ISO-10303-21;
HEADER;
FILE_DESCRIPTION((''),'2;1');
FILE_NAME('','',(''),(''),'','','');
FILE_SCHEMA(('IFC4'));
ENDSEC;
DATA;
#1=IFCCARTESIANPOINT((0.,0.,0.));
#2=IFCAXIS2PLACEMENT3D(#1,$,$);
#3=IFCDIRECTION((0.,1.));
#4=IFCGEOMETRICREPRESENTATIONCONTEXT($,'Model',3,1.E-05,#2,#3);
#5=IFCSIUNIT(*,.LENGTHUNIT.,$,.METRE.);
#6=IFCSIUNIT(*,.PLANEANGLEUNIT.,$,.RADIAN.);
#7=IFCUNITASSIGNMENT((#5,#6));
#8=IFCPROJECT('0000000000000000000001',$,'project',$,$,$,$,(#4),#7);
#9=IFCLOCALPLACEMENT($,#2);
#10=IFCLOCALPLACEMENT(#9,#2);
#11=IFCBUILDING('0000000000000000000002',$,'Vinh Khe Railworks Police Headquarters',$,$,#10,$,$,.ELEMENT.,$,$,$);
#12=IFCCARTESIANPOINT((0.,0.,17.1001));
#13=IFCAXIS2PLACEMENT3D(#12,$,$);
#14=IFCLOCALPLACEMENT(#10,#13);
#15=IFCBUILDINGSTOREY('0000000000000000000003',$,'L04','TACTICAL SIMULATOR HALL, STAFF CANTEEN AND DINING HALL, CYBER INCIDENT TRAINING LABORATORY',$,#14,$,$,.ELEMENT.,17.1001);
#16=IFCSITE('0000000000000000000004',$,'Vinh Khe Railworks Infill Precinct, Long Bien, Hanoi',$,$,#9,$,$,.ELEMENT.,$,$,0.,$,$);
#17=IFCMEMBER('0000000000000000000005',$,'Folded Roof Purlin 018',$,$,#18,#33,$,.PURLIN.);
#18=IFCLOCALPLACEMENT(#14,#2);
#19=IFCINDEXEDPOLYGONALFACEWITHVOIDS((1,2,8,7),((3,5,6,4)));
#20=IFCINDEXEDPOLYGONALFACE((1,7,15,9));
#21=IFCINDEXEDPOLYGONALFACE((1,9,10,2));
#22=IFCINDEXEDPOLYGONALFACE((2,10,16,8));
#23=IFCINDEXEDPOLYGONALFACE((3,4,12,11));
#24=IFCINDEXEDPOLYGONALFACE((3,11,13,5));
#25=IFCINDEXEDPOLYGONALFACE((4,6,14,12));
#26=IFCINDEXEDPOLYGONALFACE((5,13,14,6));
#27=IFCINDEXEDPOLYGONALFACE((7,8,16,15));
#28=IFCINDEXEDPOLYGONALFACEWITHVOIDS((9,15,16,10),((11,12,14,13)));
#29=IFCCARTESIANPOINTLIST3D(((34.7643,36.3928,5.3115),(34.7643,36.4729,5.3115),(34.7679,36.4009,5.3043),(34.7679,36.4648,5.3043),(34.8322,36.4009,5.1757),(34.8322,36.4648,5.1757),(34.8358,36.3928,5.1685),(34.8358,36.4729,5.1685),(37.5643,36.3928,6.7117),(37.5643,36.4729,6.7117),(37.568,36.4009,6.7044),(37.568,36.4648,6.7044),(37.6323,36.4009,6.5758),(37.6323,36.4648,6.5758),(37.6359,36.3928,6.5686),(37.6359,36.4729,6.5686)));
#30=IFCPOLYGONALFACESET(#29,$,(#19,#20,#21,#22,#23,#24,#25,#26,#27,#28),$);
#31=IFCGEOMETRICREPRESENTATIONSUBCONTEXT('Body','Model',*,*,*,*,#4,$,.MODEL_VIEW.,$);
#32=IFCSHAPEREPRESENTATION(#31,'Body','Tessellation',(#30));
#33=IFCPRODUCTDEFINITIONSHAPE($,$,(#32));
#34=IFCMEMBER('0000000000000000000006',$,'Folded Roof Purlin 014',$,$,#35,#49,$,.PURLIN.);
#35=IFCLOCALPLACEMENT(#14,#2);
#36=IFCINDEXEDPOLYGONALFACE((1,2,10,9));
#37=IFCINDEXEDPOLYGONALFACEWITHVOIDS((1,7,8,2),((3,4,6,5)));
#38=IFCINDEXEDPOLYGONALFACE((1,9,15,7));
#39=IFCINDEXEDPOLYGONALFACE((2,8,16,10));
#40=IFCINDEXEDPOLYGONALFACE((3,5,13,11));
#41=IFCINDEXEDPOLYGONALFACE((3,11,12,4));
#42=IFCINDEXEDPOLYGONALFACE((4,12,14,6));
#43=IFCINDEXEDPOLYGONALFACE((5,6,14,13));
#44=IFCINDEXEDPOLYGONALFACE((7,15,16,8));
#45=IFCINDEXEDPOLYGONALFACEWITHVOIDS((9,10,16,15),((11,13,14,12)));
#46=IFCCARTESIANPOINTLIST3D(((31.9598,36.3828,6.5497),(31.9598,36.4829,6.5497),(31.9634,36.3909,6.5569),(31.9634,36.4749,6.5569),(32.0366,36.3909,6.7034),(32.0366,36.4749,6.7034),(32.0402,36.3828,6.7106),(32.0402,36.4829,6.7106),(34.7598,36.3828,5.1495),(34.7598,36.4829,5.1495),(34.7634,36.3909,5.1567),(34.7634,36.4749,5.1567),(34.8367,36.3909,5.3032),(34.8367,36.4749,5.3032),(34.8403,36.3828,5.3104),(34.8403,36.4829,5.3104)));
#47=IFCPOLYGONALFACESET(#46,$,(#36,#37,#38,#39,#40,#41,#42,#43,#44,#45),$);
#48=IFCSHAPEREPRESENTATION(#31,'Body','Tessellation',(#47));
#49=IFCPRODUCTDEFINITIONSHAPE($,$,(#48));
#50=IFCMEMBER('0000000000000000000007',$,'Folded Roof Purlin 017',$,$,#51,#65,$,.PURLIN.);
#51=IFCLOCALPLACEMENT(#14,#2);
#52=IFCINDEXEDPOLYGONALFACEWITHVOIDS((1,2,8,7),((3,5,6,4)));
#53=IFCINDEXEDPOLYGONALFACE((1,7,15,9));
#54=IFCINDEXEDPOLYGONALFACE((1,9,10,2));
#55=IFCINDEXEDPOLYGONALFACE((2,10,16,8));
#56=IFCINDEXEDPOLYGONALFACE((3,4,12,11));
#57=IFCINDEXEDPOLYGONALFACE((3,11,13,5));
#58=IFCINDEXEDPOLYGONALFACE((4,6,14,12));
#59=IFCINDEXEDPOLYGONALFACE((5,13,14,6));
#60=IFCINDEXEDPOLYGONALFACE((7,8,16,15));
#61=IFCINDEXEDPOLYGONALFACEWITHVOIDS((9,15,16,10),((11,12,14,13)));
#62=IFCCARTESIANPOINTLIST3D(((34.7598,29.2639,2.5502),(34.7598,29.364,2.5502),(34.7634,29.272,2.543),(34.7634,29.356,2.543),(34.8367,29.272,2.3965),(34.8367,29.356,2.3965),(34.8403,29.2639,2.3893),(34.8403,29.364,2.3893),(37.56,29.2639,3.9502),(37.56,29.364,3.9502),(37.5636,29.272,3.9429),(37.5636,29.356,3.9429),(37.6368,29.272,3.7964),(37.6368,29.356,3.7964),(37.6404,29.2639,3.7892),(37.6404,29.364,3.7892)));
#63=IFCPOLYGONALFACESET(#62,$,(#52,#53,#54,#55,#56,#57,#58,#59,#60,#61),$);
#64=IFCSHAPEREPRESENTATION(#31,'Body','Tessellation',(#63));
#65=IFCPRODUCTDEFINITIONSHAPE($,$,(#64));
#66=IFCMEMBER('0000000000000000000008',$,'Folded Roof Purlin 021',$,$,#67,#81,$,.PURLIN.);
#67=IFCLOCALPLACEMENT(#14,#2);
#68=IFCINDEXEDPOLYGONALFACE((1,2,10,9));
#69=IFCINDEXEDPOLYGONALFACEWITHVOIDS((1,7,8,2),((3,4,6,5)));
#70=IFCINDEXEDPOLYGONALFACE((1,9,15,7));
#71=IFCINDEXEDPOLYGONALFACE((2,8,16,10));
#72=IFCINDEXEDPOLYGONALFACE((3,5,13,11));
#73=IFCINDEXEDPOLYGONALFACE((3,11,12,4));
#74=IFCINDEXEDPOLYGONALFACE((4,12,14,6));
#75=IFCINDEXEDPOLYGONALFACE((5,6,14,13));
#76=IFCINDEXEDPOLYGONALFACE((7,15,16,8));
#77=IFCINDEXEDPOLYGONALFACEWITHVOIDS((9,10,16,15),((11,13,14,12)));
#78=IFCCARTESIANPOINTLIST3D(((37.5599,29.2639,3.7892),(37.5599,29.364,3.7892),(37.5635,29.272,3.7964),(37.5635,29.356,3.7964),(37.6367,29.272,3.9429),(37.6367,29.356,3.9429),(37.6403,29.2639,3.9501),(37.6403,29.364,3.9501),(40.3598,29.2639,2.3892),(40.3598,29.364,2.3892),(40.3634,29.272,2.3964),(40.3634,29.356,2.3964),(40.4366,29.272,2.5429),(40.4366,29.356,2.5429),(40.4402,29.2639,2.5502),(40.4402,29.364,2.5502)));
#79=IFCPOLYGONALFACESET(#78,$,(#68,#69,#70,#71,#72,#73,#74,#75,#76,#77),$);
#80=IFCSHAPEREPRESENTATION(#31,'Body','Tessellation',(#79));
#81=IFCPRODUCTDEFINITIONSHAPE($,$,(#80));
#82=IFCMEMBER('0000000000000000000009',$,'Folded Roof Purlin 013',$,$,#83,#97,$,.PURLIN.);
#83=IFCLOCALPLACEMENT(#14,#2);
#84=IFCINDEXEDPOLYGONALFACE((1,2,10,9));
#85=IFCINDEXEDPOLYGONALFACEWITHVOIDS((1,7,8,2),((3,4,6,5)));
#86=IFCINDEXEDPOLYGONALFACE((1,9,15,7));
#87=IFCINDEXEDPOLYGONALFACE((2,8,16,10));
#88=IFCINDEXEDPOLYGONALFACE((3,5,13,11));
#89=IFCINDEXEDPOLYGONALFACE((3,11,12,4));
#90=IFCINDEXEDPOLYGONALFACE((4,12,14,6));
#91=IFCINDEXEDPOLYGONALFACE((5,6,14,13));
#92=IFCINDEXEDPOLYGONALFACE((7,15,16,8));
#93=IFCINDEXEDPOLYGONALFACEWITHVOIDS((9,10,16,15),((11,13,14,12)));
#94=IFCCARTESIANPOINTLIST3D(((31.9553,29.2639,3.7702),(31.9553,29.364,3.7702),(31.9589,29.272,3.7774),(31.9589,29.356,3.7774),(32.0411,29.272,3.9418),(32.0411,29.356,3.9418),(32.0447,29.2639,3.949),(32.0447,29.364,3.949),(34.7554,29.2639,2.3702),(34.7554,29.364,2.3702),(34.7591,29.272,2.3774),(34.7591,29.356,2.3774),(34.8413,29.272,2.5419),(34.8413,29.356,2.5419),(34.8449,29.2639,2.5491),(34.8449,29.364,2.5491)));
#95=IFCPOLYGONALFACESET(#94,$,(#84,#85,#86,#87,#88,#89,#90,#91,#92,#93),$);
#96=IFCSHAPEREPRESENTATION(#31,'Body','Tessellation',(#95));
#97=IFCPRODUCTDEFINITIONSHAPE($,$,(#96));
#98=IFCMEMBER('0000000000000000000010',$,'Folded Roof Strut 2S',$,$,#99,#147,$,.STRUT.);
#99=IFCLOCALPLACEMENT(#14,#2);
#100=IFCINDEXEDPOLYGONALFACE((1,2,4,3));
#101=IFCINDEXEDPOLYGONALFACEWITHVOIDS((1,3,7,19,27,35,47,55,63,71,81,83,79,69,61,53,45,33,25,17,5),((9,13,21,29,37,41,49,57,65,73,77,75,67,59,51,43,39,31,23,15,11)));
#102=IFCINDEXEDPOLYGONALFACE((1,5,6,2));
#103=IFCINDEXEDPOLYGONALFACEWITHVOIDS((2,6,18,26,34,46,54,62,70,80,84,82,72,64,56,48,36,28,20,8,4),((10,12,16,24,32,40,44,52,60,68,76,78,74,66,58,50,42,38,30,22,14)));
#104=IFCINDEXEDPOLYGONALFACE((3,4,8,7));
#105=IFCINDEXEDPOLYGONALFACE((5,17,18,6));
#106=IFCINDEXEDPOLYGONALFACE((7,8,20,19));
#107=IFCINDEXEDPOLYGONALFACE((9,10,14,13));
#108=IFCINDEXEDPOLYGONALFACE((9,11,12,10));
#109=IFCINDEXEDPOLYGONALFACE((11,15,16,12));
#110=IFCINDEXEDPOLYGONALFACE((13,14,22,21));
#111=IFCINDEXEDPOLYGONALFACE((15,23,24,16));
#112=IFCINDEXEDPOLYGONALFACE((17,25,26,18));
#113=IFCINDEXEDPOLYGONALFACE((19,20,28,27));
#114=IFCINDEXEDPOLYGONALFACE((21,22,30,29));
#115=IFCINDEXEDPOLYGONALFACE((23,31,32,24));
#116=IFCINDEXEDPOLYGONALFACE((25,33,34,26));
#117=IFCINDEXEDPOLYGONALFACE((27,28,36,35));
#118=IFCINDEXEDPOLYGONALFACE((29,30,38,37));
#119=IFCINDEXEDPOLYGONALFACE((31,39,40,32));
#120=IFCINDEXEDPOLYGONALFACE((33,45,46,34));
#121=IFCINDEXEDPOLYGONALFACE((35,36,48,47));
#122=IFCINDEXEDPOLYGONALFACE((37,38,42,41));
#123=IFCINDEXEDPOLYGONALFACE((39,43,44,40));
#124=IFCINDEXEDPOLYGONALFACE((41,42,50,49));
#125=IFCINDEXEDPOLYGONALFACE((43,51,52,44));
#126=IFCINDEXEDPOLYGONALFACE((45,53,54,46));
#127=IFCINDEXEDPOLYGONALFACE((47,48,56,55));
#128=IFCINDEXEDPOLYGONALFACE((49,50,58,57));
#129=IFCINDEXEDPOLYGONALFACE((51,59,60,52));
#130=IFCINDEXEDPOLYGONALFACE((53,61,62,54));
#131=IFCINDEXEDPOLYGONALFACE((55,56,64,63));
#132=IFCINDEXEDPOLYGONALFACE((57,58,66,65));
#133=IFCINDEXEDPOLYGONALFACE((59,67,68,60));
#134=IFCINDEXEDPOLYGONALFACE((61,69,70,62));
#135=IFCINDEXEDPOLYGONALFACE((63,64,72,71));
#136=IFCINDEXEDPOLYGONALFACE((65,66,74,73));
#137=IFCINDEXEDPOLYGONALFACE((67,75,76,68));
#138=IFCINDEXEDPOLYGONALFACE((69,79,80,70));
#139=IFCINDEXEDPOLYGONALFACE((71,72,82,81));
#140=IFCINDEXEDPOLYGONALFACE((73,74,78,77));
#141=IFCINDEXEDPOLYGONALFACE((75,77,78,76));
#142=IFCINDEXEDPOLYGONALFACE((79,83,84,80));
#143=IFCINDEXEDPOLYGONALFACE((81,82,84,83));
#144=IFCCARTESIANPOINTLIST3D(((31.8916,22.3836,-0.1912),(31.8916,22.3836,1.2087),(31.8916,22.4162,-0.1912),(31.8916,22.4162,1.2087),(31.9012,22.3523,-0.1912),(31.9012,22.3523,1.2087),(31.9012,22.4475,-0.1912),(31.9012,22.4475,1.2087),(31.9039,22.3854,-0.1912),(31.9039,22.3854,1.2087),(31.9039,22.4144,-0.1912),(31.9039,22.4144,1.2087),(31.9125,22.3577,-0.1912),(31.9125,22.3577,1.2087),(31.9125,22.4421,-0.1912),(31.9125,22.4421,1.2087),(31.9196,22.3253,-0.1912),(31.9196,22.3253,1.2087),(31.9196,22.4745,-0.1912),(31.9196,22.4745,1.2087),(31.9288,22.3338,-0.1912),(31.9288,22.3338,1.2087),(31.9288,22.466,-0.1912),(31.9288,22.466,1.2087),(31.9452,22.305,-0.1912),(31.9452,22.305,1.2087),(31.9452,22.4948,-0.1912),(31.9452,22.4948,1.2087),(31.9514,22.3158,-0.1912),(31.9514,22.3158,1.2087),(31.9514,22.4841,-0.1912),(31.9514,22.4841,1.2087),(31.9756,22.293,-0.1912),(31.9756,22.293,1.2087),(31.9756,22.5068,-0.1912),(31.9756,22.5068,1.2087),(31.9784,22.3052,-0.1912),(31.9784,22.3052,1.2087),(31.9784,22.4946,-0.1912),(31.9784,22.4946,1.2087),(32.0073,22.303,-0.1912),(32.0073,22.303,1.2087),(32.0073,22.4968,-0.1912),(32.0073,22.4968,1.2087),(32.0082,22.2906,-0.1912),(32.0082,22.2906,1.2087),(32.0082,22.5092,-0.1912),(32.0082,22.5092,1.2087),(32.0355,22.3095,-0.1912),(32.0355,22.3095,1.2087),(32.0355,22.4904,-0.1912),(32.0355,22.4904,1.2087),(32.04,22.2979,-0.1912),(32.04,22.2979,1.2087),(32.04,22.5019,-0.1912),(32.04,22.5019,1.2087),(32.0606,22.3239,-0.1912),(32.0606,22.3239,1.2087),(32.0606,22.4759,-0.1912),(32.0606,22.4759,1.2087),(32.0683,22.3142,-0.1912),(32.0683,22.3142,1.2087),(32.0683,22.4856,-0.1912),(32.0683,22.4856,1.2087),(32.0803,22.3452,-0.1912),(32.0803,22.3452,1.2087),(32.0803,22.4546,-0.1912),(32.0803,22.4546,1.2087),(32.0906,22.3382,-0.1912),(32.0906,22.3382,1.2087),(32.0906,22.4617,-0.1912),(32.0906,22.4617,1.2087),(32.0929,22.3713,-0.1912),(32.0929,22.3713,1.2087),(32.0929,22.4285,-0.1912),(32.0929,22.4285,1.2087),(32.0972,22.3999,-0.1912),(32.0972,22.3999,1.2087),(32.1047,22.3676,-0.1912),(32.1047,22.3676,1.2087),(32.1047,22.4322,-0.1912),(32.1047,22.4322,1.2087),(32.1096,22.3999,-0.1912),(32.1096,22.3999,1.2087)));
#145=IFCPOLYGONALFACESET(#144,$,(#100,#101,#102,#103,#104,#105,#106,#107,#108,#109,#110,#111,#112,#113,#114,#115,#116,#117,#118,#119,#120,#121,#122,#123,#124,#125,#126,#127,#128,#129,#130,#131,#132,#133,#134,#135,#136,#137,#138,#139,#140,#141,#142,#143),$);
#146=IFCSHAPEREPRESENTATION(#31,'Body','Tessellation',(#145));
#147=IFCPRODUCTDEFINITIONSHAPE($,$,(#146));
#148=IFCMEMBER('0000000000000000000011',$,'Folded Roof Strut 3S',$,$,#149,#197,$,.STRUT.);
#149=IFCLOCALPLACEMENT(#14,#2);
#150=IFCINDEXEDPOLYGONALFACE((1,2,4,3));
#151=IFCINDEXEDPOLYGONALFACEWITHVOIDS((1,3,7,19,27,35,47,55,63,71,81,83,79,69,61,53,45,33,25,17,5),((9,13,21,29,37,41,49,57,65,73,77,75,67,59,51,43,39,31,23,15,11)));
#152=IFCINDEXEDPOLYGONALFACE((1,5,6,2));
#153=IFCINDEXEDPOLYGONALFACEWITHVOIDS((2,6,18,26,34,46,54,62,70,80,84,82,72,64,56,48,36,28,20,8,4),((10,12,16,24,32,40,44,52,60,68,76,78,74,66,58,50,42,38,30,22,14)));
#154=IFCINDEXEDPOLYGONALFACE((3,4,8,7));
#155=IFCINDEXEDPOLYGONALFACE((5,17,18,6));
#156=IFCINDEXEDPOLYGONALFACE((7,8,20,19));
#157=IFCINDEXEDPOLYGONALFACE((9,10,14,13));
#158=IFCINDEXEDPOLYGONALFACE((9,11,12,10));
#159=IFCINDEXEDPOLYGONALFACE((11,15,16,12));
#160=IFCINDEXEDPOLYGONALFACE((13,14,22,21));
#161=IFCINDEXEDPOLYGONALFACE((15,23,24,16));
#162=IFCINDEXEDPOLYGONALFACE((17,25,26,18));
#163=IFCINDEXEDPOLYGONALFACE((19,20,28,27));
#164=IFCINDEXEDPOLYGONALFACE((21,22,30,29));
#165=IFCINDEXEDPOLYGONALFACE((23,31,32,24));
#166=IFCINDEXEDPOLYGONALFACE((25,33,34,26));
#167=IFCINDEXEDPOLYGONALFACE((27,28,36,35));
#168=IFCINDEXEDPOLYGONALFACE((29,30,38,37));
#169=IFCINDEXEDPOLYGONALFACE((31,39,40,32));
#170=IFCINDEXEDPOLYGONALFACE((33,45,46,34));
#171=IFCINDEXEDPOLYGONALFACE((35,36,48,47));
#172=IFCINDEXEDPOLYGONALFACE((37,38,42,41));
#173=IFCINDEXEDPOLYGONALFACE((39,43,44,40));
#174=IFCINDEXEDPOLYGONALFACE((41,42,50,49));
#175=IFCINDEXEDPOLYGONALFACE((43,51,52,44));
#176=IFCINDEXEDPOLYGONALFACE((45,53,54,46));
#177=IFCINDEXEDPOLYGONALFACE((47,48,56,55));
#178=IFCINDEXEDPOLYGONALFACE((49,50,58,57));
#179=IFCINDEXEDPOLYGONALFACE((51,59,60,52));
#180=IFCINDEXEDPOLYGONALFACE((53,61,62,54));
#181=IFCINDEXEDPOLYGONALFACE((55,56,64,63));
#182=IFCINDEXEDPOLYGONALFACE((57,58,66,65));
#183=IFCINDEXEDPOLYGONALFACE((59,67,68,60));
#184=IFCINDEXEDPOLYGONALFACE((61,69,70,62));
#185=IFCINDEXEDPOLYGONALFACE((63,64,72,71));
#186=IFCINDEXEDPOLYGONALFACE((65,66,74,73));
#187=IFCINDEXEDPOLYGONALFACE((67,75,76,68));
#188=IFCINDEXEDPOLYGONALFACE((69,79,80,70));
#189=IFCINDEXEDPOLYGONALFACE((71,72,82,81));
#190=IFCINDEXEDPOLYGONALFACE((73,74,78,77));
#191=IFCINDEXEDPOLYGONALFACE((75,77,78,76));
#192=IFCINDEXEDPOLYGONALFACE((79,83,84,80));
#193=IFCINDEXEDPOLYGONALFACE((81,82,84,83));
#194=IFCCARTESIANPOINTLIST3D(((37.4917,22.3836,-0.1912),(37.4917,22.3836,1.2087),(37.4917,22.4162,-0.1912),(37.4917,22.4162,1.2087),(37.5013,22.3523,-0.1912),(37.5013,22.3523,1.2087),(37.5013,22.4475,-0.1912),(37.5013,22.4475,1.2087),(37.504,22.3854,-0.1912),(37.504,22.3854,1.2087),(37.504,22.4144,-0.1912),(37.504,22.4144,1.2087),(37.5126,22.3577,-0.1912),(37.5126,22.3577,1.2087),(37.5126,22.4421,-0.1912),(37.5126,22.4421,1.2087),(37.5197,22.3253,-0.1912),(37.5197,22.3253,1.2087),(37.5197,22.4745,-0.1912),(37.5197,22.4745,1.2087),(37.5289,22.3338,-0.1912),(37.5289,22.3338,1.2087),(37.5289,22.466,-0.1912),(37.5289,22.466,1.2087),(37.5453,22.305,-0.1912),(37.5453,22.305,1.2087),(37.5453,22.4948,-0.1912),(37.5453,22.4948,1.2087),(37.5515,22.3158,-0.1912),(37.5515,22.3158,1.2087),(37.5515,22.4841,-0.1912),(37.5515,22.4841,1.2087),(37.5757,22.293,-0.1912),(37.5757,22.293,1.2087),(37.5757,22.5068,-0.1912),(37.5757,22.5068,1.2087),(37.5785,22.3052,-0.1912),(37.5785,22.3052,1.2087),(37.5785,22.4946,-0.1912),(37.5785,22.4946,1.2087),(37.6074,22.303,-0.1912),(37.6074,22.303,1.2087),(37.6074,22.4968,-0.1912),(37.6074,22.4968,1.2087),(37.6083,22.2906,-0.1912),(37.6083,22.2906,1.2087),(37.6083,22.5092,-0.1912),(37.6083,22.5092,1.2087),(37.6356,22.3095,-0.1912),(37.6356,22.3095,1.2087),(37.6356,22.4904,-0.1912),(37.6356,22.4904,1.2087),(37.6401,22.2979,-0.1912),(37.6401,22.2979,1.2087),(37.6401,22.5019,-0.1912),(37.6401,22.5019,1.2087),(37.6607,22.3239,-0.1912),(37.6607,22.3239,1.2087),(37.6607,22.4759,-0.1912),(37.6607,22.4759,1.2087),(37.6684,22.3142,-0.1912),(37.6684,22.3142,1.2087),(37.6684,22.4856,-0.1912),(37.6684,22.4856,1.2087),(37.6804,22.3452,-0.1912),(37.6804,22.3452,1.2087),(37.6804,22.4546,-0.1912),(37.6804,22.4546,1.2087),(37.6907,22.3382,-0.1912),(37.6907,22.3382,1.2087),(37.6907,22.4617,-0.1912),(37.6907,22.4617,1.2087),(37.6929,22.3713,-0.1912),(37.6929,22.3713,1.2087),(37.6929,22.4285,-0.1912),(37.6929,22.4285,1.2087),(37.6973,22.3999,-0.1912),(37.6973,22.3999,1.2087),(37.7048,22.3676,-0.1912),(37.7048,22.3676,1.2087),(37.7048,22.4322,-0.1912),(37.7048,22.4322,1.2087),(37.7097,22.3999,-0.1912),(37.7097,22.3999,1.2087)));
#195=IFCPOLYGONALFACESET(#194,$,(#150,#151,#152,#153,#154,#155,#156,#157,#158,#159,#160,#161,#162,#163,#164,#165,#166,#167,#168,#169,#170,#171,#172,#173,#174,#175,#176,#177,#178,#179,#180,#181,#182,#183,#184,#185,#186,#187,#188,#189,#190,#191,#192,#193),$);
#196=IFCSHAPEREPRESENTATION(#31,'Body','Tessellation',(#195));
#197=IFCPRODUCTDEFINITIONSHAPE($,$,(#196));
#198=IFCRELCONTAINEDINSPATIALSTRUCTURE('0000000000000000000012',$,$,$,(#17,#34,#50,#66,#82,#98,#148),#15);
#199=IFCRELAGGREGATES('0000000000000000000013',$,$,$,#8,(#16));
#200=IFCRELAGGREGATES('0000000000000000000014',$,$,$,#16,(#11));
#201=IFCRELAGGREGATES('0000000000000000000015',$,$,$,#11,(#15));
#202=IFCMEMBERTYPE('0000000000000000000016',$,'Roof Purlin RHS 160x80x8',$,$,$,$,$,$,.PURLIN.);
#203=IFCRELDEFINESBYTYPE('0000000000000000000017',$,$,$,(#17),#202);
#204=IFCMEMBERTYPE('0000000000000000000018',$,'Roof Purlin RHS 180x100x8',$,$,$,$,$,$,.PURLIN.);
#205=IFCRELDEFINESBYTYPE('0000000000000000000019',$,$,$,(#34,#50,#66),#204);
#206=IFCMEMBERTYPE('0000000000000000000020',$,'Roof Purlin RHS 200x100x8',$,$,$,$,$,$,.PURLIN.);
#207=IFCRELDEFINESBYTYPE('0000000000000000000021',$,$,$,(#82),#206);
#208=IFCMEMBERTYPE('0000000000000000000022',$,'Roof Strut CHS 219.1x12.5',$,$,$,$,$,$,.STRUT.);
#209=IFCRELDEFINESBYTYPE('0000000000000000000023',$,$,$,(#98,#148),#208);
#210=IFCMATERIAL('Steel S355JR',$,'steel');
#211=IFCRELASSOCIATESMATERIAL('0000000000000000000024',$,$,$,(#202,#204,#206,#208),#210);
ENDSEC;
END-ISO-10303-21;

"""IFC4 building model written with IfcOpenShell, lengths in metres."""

from ifc_helpers import new_model, si_unit, direction, frame, origin, origin_2d, place, context, subcontext, project, spatial, hollow_rectangle, hollow_circle, extrude, material, material_profile, profile_set, type_object, element, save


model = new_model("IFC4")

# Units and contexts
model_context = context("Model", 3, precision=1e-05, world=origin(), true_north=direction((0.0, 1.0)))
body_context = subcontext(model_context, "Body", "Model", "MODEL_VIEW")
ifc_project = project(units=[si_unit("LENGTHUNIT", "METRE"), si_unit("PLANEANGLEUNIT", "RADIAN")], contexts=[model_context])

# Site, building, storey
site_placement = place(None, origin())
site = spatial("IfcSite", under=ifc_project, at=site_placement, Name="Vinh Khe Railworks Infill Precinct, Long Bien, Hanoi", CompositionType="ELEMENT", RefElevation=0.0)
building_placement = place(site_placement, origin())
building = spatial("IfcBuilding", under=site, at=building_placement, Name="Vinh Khe Railworks Police Headquarters", CompositionType="ELEMENT")
storey_placement = place(building_placement, frame((0.0, 0.0, 17.1001)))
storey = spatial("IfcBuildingStorey", under=building, at=storey_placement, Name="L04", Description="TACTICAL SIMULATOR HALL, STAFF CANTEEN AND DINING HALL, CYBER INCIDENT TRAINING LABORATORY", CompositionType="ELEMENT", Elevation=17.1001)

# Members
ifc_material_1 = material(Name="Steel S355JR", Category="steel")
ifc_material_profile_1 = material_profile(ifc_material_1, hollow_rectangle(XDim=0.0801, YDim=0.1599, WallThickness=0.0081, at=origin_2d()), Name="RHS 160x80x8")
ifc_profile_set_1 = profile_set([ifc_material_profile_1], Name="Steel S355JR")
member_type_1 = type_object("IfcMemberType", Name="Roof Purlin RHS 160x80x8", PredefinedType="PURLIN", material=ifc_profile_set_1)
member_1_placement = place(storey_placement, frame((34.8, 36.4329, 5.24), z_axis=(0.894412, 0.0, 0.447245), x_axis=(0.0, 1.0, 0.0)))
element("IfcMember", 1, at=member_1_placement, inside=storey, type_object=member_type_1, Name="Folded Roof Purlin 018", PredefinedType="PURLIN", context=body_context, shape_type="SweptSolid", body=[
    extrude(hollow_rectangle(XDim=0.0801, YDim=0.1599, WallThickness=0.0081, at=origin_2d()), origin(), (0.0, 0.0, 1.0), 3.1306),
])
ifc_material_profile_2 = material_profile(ifc_material_1, hollow_rectangle(XDim=0.1001, YDim=0.1799, WallThickness=0.0081, at=origin_2d()), Name="RHS 180x100x8")
ifc_profile_set_2 = profile_set([ifc_material_profile_2], Name="Steel S355JR")
member_type_2 = type_object("IfcMemberType", Name="Roof Purlin RHS 180x100x8", PredefinedType="PURLIN", material=ifc_profile_set_2)
for number, where, z_axis, x_axis, name in (
    (2, (32.0, 36.4329, 6.6301), (0.894412, 0.0, -0.447245), (0.0, 1.0, 0.0), "Folded Roof Purlin 014"),
    (3, (34.8, 29.314, 2.4697), (0.894443, 0.0, 0.447182), (0.0, 1.0, 0.0), "Folded Roof Purlin 017"),
):
    element("IfcMember", number, at=place(storey_placement, frame(where, z_axis=z_axis, x_axis=x_axis)), inside=storey, type_object=member_type_2, Name=name, PredefinedType="PURLIN", context=body_context, shape_type="SweptSolid", body=[
        extrude(hollow_rectangle(XDim=0.1001, YDim=0.1799, WallThickness=0.0081, at=origin_2d()), origin(), (0.0, 0.0, 1.0), 3.1306),
    ])
member_2_placement = place(storey_placement, frame((37.6001, 29.314, 3.8696), z_axis=(0.894427, 0.0, -0.447214), x_axis=(0.0, 1.0, 0.0)))
element("IfcMember", 4, at=member_2_placement, inside=storey, type_object=member_type_2, Name="Folded Roof Purlin 021", PredefinedType="PURLIN", context=body_context, shape_type="SweptSolid", body=[
    extrude(hollow_rectangle(XDim=0.1001, YDim=0.1799, WallThickness=0.0081, at=origin_2d()), origin(), (0.0, 0.0, 1.0), 3.1304),
])
ifc_material_profile_3 = material_profile(ifc_material_1, hollow_rectangle(XDim=0.1001, YDim=0.2, WallThickness=0.0081, at=origin_2d()), Name="RHS 200x100x8")
ifc_profile_set_3 = profile_set([ifc_material_profile_3], Name="Steel S355JR")
member_type_3 = type_object("IfcMemberType", Name="Roof Purlin RHS 200x100x8", PredefinedType="PURLIN", material=ifc_profile_set_3)
member_3_placement = place(storey_placement, frame((32.0, 29.314, 3.8596), z_axis=(0.894443, 0.0, -0.447182), x_axis=(0.0, 1.0, 0.0)))
element("IfcMember", 5, at=member_3_placement, inside=storey, type_object=member_type_3, Name="Folded Roof Purlin 013", PredefinedType="PURLIN", context=body_context, shape_type="SweptSolid", body=[
    extrude(hollow_rectangle(XDim=0.1001, YDim=0.2, WallThickness=0.0081, at=origin_2d()), origin(), (0.0, 0.0, 1.0), 3.1306),
])
ifc_material_profile_4 = material_profile(ifc_material_1, hollow_circle(Radius=0.1096, WallThickness=0.0125, at=origin_2d()), Name="CHS 219.1x12.5")
ifc_profile_set_4 = profile_set([ifc_material_profile_4], Name="Steel S355JR")
member_type_4 = type_object("IfcMemberType", Name="Roof Strut CHS 219.1x12.5", PredefinedType="STRUT", material=ifc_profile_set_4)
for number, where, z_axis, x_axis, name in (
    (6, (32.0, 22.3999, -0.1912), (0.0, 0.0, 1.0), (1.0, 0.0, 0.0), "Folded Roof Strut 2S"),
    (7, (37.6001, 22.3999, -0.1912), (0.0, 0.0, 1.0), (1.0, 0.0, 0.0), "Folded Roof Strut 3S"),
):
    element("IfcMember", number, at=place(storey_placement, frame(where, z_axis=z_axis, x_axis=x_axis)), inside=storey, type_object=member_type_4, Name=name, PredefinedType="STRUT", context=body_context, shape_type="SweptSolid", body=[
        extrude(hollow_circle(Radius=0.1096, WallThickness=0.0125, at=origin_2d()), origin(), (0.0, 0.0, 1.0), 1.3999),
    ])

save(model, "model.ifc")
